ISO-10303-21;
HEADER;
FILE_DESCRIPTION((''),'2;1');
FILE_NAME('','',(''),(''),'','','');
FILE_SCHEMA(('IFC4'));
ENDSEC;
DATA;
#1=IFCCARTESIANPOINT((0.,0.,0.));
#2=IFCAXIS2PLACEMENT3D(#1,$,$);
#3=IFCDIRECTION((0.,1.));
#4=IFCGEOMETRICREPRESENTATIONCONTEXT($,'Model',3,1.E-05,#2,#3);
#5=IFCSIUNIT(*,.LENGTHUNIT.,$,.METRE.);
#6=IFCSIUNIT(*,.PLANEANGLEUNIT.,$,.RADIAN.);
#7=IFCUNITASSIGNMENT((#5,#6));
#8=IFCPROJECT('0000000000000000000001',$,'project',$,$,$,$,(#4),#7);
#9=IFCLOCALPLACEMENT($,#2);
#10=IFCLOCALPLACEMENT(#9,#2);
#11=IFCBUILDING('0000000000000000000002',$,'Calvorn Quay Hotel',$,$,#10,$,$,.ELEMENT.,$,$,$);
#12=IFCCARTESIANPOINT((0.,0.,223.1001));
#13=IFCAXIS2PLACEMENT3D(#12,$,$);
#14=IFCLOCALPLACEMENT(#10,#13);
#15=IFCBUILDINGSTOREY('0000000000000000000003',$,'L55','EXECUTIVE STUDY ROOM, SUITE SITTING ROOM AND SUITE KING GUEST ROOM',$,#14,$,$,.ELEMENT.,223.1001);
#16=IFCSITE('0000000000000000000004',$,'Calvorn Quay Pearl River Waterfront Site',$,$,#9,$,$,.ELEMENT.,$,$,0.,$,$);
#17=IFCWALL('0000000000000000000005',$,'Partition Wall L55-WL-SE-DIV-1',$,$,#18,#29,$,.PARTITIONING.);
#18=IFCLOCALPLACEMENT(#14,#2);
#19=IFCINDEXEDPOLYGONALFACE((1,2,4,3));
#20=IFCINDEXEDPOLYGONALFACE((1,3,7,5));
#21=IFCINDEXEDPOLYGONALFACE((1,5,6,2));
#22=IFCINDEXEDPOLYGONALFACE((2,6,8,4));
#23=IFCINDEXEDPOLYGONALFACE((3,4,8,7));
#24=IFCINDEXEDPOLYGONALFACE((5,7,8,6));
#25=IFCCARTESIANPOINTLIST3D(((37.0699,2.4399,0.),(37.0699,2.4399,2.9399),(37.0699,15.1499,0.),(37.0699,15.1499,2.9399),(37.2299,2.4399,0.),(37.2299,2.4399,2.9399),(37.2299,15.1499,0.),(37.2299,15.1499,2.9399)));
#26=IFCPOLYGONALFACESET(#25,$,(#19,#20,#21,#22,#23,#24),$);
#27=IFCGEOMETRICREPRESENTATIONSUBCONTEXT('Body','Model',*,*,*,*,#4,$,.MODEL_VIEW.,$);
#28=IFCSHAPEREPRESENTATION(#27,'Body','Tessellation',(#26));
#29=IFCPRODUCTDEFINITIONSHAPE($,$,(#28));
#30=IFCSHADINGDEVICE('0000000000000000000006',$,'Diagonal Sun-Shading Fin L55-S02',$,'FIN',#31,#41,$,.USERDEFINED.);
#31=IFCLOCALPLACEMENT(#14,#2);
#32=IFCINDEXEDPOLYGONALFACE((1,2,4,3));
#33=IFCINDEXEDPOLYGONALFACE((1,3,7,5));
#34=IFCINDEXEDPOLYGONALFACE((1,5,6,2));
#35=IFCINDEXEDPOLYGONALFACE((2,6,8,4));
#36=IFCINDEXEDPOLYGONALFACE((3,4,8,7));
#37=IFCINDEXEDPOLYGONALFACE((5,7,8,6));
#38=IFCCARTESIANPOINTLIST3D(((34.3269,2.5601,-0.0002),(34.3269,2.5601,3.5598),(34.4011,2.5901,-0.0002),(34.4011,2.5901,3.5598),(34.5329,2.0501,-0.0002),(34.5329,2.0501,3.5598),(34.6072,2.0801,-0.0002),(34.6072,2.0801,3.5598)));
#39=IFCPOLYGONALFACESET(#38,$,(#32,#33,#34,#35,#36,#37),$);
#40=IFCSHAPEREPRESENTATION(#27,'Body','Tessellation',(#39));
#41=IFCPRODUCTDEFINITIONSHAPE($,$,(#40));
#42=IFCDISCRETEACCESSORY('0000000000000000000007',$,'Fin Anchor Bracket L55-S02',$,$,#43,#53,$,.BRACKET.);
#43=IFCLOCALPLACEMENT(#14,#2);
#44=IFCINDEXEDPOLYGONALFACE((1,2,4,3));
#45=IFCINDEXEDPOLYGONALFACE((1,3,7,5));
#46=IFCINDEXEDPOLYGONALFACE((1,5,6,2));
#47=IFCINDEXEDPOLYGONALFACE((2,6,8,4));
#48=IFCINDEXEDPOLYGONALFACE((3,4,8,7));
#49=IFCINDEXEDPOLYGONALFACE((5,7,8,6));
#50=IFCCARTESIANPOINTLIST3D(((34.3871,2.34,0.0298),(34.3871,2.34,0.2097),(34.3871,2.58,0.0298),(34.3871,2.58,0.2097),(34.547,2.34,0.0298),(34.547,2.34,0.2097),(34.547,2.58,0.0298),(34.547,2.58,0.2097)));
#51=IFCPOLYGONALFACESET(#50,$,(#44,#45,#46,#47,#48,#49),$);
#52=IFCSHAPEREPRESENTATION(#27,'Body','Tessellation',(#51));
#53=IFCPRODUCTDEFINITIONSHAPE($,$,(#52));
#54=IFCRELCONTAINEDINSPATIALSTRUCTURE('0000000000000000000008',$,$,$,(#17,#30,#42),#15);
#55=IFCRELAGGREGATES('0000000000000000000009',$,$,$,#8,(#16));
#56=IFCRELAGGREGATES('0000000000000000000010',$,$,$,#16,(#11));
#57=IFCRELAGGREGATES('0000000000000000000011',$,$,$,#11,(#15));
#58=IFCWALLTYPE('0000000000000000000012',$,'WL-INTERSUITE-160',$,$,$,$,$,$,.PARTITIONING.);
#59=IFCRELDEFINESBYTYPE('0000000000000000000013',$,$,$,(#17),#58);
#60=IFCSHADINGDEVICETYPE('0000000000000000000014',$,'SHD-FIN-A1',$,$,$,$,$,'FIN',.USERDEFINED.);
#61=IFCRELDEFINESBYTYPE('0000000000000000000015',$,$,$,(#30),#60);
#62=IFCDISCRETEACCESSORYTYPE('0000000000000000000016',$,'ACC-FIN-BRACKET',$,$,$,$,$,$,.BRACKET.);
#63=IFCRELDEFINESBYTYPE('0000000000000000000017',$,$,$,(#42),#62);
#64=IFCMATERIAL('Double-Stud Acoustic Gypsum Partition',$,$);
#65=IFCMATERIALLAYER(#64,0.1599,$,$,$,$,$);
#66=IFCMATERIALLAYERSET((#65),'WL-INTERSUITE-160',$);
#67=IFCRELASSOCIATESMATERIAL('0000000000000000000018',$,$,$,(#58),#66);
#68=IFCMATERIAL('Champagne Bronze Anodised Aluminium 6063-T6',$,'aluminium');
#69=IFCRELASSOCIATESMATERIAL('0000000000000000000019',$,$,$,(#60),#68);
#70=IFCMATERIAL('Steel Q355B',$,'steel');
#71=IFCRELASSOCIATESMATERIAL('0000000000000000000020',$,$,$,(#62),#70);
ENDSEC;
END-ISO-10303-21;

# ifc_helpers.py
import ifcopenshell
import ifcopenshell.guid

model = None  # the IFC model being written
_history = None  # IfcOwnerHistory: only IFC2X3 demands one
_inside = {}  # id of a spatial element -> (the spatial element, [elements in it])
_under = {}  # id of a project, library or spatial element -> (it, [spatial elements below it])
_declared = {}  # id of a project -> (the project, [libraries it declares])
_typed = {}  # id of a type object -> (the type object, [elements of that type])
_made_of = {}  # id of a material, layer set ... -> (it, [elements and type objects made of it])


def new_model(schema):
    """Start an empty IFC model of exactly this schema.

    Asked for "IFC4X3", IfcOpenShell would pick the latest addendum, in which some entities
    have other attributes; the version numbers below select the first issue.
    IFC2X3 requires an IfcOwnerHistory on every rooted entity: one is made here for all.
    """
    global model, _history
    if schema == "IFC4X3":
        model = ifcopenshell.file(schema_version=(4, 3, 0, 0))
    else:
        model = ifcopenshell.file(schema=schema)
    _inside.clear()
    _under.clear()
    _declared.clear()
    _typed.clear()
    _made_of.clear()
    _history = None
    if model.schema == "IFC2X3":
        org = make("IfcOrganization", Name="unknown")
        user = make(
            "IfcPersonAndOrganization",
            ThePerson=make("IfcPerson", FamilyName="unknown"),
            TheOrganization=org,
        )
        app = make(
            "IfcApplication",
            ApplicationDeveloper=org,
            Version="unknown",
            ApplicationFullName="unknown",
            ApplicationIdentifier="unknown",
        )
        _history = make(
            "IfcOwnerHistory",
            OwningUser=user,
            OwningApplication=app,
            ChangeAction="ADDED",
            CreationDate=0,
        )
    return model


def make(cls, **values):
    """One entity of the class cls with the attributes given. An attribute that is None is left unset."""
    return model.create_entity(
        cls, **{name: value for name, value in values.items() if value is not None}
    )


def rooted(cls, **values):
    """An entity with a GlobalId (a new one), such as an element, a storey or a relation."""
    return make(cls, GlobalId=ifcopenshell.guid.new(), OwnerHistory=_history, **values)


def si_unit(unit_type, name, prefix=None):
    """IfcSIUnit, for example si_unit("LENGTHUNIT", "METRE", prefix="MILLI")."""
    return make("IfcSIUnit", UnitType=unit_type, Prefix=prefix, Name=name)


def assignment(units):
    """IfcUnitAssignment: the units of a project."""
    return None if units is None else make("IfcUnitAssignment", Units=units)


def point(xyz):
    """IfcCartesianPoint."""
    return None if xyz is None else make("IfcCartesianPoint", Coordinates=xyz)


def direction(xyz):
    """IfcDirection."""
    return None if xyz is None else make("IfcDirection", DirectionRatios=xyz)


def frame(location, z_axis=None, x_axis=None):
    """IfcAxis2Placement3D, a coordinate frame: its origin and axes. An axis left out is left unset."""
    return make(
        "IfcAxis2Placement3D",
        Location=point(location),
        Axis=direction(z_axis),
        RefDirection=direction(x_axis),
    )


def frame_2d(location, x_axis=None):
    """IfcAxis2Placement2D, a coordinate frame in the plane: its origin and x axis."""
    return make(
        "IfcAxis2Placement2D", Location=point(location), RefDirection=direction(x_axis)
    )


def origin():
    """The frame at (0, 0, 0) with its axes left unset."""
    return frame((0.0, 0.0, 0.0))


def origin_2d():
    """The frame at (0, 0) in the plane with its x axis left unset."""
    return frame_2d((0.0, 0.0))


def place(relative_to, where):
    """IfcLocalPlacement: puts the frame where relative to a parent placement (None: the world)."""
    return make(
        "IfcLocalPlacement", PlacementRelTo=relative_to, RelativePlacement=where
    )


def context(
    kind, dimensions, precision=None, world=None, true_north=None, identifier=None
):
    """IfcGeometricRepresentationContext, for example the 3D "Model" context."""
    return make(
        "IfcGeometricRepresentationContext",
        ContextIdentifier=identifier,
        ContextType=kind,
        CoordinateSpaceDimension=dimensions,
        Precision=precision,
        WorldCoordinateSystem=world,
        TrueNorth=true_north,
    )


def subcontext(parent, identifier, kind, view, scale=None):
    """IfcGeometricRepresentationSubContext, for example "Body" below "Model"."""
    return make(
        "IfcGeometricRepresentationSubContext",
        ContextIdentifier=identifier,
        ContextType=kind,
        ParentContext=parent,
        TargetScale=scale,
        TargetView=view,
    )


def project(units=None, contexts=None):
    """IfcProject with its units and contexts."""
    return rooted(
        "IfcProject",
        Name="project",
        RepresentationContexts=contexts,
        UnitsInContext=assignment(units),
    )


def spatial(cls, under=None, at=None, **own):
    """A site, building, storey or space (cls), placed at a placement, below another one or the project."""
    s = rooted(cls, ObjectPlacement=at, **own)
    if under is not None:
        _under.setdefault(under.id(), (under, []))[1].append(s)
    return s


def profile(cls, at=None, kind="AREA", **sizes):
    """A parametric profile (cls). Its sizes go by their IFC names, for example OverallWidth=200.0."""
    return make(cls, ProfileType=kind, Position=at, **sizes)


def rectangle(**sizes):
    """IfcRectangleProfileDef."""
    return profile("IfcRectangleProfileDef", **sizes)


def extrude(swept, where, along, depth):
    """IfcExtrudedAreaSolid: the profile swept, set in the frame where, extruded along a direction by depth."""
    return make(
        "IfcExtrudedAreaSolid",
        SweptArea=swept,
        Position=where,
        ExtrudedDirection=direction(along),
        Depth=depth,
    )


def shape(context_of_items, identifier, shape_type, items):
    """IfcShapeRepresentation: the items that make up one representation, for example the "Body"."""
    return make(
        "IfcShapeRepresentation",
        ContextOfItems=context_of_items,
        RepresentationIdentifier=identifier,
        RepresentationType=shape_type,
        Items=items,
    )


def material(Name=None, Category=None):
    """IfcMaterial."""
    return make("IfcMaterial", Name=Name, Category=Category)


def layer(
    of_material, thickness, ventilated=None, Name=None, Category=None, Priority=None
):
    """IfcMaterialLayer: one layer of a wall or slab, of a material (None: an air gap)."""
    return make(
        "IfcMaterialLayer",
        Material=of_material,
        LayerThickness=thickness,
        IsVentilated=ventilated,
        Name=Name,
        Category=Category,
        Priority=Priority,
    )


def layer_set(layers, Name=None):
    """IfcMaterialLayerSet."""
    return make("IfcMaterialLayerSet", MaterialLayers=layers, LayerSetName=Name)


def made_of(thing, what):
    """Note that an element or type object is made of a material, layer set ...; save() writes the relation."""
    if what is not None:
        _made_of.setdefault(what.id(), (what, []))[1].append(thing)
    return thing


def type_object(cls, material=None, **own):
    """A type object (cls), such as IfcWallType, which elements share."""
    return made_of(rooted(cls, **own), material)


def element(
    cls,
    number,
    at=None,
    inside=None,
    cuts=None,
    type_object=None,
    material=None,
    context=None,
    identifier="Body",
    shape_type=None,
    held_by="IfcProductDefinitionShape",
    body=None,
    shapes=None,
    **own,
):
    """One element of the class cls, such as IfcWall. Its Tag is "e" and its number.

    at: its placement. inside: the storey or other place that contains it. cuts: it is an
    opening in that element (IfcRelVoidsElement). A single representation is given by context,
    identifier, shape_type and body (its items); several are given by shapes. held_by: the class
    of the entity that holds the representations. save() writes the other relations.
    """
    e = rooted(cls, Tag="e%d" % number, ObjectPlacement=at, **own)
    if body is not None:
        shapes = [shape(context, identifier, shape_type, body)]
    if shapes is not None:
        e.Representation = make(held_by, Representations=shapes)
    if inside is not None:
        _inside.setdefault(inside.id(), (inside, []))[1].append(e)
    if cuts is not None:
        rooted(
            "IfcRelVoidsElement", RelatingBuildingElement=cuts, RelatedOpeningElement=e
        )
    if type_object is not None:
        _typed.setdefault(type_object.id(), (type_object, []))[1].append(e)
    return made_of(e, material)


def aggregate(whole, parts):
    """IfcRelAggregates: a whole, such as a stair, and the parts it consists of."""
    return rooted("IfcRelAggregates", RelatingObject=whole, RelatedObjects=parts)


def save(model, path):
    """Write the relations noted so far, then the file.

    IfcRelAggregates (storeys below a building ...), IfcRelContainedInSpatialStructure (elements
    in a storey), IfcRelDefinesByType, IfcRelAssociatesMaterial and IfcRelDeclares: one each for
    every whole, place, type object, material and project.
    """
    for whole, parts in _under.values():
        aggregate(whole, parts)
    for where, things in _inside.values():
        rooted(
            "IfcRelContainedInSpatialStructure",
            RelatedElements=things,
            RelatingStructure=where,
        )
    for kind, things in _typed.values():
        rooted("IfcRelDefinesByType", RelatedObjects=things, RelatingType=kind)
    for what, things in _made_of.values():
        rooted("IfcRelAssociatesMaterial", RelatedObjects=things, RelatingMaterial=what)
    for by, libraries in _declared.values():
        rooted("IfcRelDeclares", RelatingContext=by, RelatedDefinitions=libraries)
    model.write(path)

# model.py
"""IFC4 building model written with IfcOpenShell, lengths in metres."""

from ifc_helpers import new_model, si_unit, direction, frame, frame_2d, origin, origin_2d, place, context, subcontext, project, spatial, rectangle, extrude, material, layer, layer_set, type_object, element, save


model = new_model("IFC4")

# Units and contexts
model_context = context("Model", 3, precision=1e-05, world=origin(), true_north=direction((0.0, 1.0)))
body_context = subcontext(model_context, "Body", "Model", "MODEL_VIEW")
ifc_project = project(units=[si_unit("LENGTHUNIT", "METRE"), si_unit("PLANEANGLEUNIT", "RADIAN")], contexts=[model_context])

# Site, building, storey
site_placement = place(None, origin())
site = spatial("IfcSite", under=ifc_project, at=site_placement, Name="Calvorn Quay Pearl River Waterfront Site", CompositionType="ELEMENT", RefElevation=0.0)
building_placement = place(site_placement, origin())
building = spatial("IfcBuilding", under=site, at=building_placement, Name="Calvorn Quay Hotel", CompositionType="ELEMENT")
storey_placement = place(building_placement, frame((0.0, 0.0, 223.1001)))
storey = spatial("IfcBuildingStorey", under=building, at=storey_placement, Name="L55", Description="EXECUTIVE STUDY ROOM, SUITE SITTING ROOM AND SUITE KING GUEST ROOM", CompositionType="ELEMENT", Elevation=223.1001)

# Shared definitions
ifc_material_1 = material(Name="Double-Stud Acoustic Gypsum Partition")
ifc_layer_1 = layer(ifc_material_1, 0.1599)
ifc_layer_set_1 = layer_set([ifc_layer_1], Name="WL-INTERSUITE-160")
wall_type_1 = type_object("IfcWallType", Name="WL-INTERSUITE-160", PredefinedType="PARTITIONING", material=ifc_layer_set_1)

# Wall
wall_1_placement = place(storey_placement, frame((37.1499, 2.4399, 0.0), z_axis=(0.0, 0.0, 1.0), x_axis=(0.0, 1.0, 0.0)))
element("IfcWall", 1, at=wall_1_placement, inside=storey, type_object=wall_type_1, Name="Partition Wall L55-WL-SE-DIV-1", PredefinedType="PARTITIONING", context=body_context, shape_type="SweptSolid", body=[
    extrude(rectangle(XDim=12.71, YDim=0.1599, at=frame_2d((6.355, 0.0))), origin(), (0.0, 0.0, 1.0), 2.9399),
])

# Shading device
ifc_material_2 = material(Name="Champagne Bronze Anodised Aluminium 6063-T6", Category="aluminium")
shading_device_type = type_object("IfcShadingDeviceType", Name="SHD-FIN-A1", ElementType="FIN", PredefinedType="USERDEFINED", material=ifc_material_2)
shading_device_placement = place(storey_placement, frame((34.467, 2.3201, -0.0002), z_axis=(0.0, 0.0, 1.0), x_axis=(-0.374607, 0.927184, 0.0)))
element("IfcShadingDevice", 2, at=shading_device_placement, inside=storey, type_object=shading_device_type, Name="Diagonal Sun-Shading Fin L55-S02", ObjectType="FIN", PredefinedType="USERDEFINED", context=body_context, shape_type="SweptSolid", body=[
    extrude(rectangle(XDim=0.55, YDim=0.0801, at=origin_2d()), origin(), (0.0, 0.0, 1.0), 3.5601),
])

# Discrete accessory
ifc_material_3 = material(Name="Steel Q355B", Category="steel")
discrete_accessory_type = type_object("IfcDiscreteAccessoryType", Name="ACC-FIN-BRACKET", PredefinedType="BRACKET", material=ifc_material_3)
discrete_accessory_placement = place(storey_placement, frame((34.467, 2.46, 0.0298), z_axis=(0.0, 0.0, 1.0), x_axis=(0.0, 1.0, 0.0)))
element("IfcDiscreteAccessory", 3, at=discrete_accessory_placement, inside=storey, type_object=discrete_accessory_type, Name="Fin Anchor Bracket L55-S02", PredefinedType="BRACKET", context=body_context, shape_type="SweptSolid", body=[
    extrude(rectangle(XDim=0.24, YDim=0.1599, at=origin_2d()), origin(), (0.0, 0.0, 1.0), 0.1799),
])

save(model, "model.ifc")
